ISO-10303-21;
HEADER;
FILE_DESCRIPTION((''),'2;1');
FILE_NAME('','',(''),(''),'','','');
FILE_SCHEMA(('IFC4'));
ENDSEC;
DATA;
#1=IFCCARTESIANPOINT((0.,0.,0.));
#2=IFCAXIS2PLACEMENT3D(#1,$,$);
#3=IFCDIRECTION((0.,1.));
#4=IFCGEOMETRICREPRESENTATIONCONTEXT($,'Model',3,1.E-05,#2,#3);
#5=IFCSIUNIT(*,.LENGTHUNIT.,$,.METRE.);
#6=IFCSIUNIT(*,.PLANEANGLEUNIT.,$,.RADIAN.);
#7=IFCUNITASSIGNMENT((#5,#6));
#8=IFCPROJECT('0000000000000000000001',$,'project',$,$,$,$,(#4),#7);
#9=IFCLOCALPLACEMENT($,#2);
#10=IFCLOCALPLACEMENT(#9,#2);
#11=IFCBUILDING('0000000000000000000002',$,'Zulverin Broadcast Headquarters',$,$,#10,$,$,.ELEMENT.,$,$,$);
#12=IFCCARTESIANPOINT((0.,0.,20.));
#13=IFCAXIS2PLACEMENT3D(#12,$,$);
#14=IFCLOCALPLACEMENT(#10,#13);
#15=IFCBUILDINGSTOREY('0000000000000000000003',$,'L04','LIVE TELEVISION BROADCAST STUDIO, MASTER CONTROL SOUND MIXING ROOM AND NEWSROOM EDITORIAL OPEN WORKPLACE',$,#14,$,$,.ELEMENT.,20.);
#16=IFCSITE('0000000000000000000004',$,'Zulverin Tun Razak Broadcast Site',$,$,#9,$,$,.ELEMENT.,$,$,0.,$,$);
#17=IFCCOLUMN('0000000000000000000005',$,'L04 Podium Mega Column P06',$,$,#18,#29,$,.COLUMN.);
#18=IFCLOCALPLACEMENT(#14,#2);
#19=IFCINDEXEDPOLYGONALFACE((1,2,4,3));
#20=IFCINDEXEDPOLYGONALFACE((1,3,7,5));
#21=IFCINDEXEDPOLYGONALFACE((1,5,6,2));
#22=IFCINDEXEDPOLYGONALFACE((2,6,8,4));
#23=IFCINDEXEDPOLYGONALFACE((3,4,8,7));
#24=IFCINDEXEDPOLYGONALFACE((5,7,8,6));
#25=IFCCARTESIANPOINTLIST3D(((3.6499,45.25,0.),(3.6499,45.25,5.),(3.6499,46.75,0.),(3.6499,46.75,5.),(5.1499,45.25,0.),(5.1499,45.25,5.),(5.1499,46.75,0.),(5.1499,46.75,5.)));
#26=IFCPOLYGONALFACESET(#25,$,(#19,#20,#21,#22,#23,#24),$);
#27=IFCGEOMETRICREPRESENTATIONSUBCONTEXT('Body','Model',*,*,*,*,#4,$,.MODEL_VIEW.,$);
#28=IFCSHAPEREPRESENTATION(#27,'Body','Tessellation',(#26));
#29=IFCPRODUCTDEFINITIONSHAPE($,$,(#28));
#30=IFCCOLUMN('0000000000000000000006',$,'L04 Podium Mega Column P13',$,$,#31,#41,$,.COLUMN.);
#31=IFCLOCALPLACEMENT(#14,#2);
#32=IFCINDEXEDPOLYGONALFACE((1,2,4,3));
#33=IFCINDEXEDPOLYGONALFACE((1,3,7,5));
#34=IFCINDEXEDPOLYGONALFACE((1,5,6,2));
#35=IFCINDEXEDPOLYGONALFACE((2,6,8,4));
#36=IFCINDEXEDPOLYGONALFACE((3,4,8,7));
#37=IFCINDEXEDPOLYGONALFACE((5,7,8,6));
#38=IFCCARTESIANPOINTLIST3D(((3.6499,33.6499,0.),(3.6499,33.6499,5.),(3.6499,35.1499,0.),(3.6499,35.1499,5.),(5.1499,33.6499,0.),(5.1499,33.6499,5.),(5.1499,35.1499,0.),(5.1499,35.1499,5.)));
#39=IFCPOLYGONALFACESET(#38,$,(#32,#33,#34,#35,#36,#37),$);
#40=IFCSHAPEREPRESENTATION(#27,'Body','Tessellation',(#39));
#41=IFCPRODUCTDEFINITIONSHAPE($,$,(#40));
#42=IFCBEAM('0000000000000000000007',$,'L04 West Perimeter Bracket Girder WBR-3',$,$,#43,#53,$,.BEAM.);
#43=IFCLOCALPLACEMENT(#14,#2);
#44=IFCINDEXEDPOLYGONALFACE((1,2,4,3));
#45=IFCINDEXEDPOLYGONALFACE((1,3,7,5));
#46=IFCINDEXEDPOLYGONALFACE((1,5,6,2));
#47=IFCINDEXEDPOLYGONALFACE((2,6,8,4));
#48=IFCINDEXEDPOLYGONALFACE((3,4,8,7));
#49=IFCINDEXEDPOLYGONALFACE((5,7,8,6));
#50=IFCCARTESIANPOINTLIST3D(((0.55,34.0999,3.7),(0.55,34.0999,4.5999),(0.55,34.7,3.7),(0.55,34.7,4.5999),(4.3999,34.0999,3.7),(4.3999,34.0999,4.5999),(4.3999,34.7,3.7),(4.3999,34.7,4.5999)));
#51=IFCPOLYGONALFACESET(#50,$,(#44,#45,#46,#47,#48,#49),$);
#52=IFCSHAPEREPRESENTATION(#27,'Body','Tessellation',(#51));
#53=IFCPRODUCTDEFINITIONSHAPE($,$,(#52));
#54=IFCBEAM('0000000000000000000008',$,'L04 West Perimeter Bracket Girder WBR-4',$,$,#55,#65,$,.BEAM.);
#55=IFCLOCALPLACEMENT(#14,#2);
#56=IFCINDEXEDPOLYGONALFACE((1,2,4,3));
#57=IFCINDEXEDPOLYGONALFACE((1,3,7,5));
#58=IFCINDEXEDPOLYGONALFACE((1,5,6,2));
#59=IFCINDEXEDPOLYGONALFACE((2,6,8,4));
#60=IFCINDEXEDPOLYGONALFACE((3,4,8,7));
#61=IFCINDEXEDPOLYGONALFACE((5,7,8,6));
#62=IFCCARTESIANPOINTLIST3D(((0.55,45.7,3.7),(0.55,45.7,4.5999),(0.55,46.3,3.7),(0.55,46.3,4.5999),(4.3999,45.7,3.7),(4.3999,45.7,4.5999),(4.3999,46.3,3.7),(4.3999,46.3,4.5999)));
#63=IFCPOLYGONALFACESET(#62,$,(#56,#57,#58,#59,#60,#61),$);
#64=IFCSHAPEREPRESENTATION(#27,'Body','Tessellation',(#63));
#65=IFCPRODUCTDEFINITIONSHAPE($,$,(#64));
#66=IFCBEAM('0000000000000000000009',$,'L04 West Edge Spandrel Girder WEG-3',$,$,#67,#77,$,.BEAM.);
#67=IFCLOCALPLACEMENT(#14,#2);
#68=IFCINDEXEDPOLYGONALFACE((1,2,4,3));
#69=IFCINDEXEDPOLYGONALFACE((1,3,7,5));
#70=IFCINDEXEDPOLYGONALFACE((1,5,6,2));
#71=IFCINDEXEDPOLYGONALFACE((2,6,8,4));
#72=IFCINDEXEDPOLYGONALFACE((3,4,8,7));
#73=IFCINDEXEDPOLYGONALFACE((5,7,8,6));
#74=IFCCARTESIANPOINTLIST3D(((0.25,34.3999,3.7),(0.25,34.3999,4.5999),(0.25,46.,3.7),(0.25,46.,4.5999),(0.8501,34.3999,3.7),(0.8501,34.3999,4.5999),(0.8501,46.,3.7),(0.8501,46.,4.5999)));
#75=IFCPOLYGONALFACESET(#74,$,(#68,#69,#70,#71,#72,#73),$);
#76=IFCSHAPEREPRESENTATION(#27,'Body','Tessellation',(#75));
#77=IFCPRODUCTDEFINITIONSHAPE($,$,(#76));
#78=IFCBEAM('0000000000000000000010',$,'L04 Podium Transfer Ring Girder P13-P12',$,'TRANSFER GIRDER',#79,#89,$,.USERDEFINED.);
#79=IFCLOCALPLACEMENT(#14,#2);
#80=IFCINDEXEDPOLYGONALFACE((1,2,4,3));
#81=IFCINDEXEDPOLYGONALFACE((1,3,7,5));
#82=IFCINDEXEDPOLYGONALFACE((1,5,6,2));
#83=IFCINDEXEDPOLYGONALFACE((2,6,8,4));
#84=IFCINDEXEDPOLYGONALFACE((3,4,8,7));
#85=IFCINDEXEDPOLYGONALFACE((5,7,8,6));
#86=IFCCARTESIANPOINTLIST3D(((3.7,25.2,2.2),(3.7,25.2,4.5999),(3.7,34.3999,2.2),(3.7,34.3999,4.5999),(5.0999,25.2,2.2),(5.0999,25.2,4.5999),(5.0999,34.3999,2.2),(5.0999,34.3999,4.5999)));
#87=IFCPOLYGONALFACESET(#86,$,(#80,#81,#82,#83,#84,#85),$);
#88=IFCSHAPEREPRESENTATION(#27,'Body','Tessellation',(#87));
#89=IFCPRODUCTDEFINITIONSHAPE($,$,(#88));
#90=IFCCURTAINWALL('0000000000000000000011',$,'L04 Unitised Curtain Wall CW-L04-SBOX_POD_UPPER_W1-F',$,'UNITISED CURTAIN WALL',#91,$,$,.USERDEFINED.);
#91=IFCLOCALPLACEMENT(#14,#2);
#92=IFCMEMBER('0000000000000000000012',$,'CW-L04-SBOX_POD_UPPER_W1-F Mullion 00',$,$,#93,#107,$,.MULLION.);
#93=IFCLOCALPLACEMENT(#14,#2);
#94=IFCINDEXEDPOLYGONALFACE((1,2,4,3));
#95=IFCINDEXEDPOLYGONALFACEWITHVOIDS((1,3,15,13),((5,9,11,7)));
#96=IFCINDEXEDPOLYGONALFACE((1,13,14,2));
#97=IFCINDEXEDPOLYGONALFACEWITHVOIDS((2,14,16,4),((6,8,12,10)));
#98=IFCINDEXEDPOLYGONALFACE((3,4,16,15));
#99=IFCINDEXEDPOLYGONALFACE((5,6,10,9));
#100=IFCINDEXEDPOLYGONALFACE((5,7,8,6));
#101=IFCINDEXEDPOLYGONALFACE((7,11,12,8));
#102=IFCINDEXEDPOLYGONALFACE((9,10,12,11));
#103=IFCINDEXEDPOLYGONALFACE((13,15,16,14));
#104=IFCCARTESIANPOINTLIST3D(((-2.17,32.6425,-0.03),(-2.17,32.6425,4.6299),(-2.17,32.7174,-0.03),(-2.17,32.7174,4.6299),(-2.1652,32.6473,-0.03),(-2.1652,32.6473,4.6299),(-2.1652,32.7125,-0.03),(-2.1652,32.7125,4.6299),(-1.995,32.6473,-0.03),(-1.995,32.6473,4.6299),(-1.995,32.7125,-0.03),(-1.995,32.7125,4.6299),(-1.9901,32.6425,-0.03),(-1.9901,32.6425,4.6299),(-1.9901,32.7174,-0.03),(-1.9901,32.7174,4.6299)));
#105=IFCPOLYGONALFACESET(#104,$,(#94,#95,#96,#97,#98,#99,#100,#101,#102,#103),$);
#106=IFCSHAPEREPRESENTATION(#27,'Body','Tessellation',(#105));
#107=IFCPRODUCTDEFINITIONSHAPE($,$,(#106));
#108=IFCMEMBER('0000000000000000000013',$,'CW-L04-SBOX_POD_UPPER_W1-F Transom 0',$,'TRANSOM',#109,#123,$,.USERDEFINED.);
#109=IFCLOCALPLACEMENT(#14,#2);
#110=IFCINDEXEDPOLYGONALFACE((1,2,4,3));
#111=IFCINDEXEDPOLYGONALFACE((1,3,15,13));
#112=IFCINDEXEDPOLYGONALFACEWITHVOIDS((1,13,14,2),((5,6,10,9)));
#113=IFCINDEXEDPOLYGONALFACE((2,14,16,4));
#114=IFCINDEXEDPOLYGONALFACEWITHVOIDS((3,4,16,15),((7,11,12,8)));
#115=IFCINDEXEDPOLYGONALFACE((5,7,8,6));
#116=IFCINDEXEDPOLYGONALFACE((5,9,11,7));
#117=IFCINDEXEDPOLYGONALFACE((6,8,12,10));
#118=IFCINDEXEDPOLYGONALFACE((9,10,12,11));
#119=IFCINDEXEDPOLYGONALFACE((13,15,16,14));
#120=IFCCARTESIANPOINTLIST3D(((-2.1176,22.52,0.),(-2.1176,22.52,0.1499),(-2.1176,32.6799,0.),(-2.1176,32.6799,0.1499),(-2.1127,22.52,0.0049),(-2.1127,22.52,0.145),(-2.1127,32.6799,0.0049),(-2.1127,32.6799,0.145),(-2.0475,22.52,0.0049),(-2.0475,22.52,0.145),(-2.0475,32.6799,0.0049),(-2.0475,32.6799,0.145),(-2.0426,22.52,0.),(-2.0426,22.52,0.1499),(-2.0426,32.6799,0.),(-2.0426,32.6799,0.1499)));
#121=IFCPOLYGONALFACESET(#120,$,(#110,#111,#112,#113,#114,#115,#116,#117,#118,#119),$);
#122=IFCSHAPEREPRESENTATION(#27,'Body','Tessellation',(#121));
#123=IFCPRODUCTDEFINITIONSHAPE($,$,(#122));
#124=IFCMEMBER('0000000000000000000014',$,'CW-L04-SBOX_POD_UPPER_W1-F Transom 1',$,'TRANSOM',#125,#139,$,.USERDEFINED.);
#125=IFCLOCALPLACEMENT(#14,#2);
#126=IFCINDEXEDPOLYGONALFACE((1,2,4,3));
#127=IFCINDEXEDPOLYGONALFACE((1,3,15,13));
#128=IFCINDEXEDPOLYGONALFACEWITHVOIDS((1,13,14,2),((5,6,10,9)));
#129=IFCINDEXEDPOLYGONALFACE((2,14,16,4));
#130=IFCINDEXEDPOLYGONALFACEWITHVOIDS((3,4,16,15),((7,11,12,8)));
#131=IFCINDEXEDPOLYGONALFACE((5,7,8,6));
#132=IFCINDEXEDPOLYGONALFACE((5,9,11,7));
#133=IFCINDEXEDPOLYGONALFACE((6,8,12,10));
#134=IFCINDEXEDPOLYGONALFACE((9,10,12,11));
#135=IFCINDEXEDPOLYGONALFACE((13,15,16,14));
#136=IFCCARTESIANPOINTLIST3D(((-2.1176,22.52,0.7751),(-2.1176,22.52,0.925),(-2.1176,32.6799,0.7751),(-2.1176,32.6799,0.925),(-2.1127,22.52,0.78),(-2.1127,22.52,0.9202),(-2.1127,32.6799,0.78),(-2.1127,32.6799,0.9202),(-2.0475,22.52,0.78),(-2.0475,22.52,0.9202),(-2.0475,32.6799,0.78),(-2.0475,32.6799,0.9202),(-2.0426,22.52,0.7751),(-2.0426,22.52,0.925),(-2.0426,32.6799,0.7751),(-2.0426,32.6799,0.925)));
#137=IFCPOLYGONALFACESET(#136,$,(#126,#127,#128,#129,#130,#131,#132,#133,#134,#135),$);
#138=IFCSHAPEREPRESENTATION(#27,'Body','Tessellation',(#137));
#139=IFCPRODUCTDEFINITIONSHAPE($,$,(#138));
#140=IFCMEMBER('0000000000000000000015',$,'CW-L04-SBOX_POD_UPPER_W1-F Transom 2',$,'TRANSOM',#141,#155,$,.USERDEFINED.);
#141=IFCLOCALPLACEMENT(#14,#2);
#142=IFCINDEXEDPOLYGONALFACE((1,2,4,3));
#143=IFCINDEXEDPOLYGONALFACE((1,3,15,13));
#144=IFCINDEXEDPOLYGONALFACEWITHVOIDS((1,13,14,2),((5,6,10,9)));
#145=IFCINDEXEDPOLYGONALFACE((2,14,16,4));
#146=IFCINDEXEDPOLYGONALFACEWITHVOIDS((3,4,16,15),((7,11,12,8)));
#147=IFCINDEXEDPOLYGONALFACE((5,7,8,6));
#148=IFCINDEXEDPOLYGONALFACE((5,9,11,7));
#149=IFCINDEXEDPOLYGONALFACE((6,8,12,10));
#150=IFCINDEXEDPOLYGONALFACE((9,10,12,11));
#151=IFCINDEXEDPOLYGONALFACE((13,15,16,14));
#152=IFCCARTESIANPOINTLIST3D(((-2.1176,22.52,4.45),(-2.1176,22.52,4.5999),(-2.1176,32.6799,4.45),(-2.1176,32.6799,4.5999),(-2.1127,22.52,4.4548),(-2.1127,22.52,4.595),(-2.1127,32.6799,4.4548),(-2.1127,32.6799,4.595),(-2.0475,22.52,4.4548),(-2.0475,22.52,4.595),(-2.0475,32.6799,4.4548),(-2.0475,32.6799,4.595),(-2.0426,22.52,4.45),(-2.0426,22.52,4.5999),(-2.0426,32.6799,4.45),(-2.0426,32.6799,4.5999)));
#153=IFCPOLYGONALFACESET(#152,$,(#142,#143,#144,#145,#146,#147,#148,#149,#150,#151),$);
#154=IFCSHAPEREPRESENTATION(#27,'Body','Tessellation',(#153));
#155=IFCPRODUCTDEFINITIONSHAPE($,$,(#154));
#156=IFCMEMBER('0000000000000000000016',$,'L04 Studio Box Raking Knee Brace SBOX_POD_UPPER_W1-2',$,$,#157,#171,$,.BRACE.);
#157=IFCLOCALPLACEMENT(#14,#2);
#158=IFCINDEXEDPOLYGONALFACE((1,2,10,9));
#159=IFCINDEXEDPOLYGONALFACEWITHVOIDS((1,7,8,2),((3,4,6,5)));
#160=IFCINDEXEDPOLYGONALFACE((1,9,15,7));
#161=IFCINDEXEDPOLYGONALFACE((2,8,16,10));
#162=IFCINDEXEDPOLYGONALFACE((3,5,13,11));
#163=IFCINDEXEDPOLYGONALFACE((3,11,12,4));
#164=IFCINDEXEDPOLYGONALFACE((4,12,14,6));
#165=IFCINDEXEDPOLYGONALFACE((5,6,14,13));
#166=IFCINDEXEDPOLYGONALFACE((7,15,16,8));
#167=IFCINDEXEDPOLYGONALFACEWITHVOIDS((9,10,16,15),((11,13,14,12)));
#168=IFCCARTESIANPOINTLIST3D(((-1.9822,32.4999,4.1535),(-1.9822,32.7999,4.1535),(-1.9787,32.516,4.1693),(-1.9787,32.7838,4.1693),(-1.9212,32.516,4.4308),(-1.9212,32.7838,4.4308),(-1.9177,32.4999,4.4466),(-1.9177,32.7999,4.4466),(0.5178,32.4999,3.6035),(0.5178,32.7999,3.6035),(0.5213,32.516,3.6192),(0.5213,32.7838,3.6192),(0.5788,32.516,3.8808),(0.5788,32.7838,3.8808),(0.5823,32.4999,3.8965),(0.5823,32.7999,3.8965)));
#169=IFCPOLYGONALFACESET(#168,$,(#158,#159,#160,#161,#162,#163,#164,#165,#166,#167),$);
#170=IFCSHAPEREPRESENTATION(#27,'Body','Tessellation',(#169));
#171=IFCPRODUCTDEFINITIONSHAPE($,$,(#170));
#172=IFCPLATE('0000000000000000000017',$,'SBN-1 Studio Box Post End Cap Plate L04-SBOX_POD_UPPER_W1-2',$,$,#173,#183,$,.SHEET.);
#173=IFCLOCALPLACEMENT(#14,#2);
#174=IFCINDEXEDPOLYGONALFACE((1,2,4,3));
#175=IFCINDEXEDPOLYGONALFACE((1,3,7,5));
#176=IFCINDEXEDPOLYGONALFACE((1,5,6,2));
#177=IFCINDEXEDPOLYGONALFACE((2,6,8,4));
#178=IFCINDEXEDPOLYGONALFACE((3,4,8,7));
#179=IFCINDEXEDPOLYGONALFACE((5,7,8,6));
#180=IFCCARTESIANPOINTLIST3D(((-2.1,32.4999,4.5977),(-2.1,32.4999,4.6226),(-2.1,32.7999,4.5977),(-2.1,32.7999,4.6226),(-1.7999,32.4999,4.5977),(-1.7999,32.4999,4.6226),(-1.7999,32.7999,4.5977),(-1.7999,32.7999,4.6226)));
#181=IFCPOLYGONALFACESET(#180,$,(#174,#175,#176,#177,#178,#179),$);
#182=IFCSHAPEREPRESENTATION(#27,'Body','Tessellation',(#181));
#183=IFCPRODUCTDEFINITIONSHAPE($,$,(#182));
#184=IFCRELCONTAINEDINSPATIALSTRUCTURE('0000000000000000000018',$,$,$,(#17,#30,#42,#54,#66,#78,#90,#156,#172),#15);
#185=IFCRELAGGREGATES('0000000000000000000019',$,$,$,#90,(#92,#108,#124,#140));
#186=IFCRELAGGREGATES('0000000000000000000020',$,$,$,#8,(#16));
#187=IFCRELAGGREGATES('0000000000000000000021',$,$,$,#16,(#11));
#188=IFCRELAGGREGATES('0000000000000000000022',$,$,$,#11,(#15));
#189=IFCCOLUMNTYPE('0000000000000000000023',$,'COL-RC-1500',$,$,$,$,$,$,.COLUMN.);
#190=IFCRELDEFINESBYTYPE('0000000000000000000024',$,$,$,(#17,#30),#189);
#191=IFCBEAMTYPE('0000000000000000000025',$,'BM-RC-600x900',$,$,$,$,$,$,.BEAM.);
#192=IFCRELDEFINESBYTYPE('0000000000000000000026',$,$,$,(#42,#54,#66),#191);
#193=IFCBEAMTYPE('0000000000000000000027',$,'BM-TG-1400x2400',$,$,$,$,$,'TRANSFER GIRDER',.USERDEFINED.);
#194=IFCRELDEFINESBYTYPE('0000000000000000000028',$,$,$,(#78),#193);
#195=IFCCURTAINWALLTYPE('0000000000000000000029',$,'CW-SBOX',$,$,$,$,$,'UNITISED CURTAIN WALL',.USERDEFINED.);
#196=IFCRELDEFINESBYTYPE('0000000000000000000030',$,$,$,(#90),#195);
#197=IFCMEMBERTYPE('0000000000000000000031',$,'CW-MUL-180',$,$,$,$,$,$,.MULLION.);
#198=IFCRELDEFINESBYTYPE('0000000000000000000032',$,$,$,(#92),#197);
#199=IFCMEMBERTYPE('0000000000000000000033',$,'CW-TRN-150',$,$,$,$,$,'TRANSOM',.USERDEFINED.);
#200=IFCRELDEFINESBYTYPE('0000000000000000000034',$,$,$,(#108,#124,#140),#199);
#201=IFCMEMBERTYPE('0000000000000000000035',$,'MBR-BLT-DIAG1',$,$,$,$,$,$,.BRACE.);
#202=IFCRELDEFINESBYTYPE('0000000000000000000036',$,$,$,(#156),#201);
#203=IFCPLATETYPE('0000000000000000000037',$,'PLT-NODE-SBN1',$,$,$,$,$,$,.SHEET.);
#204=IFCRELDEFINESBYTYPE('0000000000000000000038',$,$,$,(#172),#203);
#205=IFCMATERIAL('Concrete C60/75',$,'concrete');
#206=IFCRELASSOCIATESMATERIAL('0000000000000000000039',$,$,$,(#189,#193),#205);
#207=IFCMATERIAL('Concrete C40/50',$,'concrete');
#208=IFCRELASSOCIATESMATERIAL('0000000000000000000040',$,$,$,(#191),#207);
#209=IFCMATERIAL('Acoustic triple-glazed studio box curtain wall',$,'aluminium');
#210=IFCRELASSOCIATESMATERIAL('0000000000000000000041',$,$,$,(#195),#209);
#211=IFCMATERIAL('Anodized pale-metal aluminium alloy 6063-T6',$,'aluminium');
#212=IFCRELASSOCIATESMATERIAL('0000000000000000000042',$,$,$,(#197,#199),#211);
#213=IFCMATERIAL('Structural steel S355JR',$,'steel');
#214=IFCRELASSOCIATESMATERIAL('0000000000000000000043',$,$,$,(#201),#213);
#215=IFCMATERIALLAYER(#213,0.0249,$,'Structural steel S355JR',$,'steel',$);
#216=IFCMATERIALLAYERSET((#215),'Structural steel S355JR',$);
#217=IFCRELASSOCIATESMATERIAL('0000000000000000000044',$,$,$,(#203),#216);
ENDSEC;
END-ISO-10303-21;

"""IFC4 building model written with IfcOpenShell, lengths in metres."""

from ifc_helpers import new_model, si_unit, direction, frame, origin, origin_2d, place, context, subcontext, project, spatial, rectangle, hollow_rectangle, extrude, material, layer, layer_set, material_profile, profile_set, type_object, element, aggregate, save


model = new_model("IFC4")

# Units and contexts
model_context = context("Model", 3, precision=1e-05, world=origin(), true_north=direction((0.0, 1.0)))
body_context = subcontext(model_context, "Body", "Model", "MODEL_VIEW")
ifc_project = project(units=[si_unit("LENGTHUNIT", "METRE"), si_unit("PLANEANGLEUNIT", "RADIAN")], contexts=[model_context])

# Site, building, storey
site_placement = place(None, origin())
site = spatial("IfcSite", under=ifc_project, at=site_placement, Name="Zulverin Tun Razak Broadcast Site", CompositionType="ELEMENT", RefElevation=0.0)
building_placement = place(site_placement, origin())
building = spatial("IfcBuilding", under=site, at=building_placement, Name="Zulverin Broadcast Headquarters", CompositionType="ELEMENT")
storey_placement = place(building_placement, frame((0.0, 0.0, 20.0)))
storey = spatial("IfcBuildingStorey", under=building, at=storey_placement, Name="L04", Description="LIVE TELEVISION BROADCAST STUDIO, MASTER CONTROL SOUND MIXING ROOM AND NEWSROOM EDITORIAL OPEN WORKPLACE", CompositionType="ELEMENT", Elevation=20.0)

# Columns
ifc_material_1 = material(Name="Concrete C60/75", Category="concrete")
ifc_material_profile_1 = material_profile(ifc_material_1, rectangle(XDim=1.5, YDim=1.5, at=origin_2d()), Name="Concrete C60/75", Category="concrete")
ifc_profile_set_1 = profile_set([ifc_material_profile_1], Name="Concrete C60/75")
column_type = type_object("IfcColumnType", Name="COL-RC-1500", PredefinedType="COLUMN", material=ifc_profile_set_1)
for number, where, z_axis, x_axis, name in (
    (1, (4.3999, 46.0, 0.0), (0.0, 0.0, 1.0), (1.0, 0.0, 0.0), "L04 Podium Mega Column P06"),
    (2, (4.3999, 34.3999, 0.0), (0.0, 0.0, 1.0), (1.0, 0.0, 0.0), "L04 Podium Mega Column P13"),
):
    element("IfcColumn", number, at=place(storey_placement, frame(where, z_axis=z_axis, x_axis=x_axis)), inside=storey, type_object=column_type, Name=name, PredefinedType="COLUMN", context=body_context, shape_type="SweptSolid", body=[
        extrude(rectangle(XDim=1.5, YDim=1.5, at=origin_2d()), origin(), (0.0, 0.0, 1.0), 5.0),
    ])

# Beams
ifc_material_2 = material(Name="Concrete C40/50", Category="concrete")
ifc_material_profile_2 = material_profile(ifc_material_2, rectangle(XDim=0.6001, YDim=0.8999, at=origin_2d()), Name="Concrete C40/50", Category="concrete")
ifc_profile_set_2 = profile_set([ifc_material_profile_2], Name="Concrete C40/50")
beam_type_1 = type_object("IfcBeamType", Name="BM-RC-600x900", PredefinedType="BEAM", material=ifc_profile_set_2)
for number, where, z_axis, x_axis, name in (
    (3, (4.3999, 34.3999, 4.1499), (-1.0, 0.0, 0.0), (0.0, -1.0, 0.0), "L04 West Perimeter Bracket Girder WBR-3"),
    (4, (4.3999, 46.0, 4.1499), (-1.0, 0.0, 0.0), (0.0, -1.0, 0.0), "L04 West Perimeter Bracket Girder WBR-4"),
):
    element("IfcBeam", number, at=place(storey_placement, frame(where, z_axis=z_axis, x_axis=x_axis)), inside=storey, type_object=beam_type_1, Name=name, PredefinedType="BEAM", context=body_context, shape_type="SweptSolid", body=[
        extrude(rectangle(XDim=0.6001, YDim=0.8999, at=origin_2d()), origin(), (0.0, 0.0, 1.0), 3.8499),
    ])
beam_1_placement = place(storey_placement, frame((0.55, 34.3999, 4.1499), z_axis=(0.0, 1.0, 0.0), x_axis=(-1.0, 0.0, 0.0)))
element("IfcBeam", 5, at=beam_1_placement, inside=storey, type_object=beam_type_1, Name="L04 West Edge Spandrel Girder WEG-3", PredefinedType="BEAM", context=body_context, shape_type="SweptSolid", body=[
    extrude(rectangle(XDim=0.6001, YDim=0.8999, at=origin_2d()), origin(), (0.0, 0.0, 1.0), 11.6001),
])
ifc_material_profile_3 = material_profile(ifc_material_1, rectangle(XDim=1.3999, YDim=2.3999, at=origin_2d()), Name="Concrete C60/75", Category="concrete")
ifc_profile_set_3 = profile_set([ifc_material_profile_3], Name="Concrete C60/75")
beam_type_2 = type_object("IfcBeamType", Name="BM-TG-1400x2400", ElementType="TRANSFER GIRDER", PredefinedType="USERDEFINED", material=ifc_profile_set_3)
beam_2_placement = place(storey_placement, frame((4.3999, 34.3999, 3.3999), z_axis=(0.0, -1.0, 0.0), x_axis=(1.0, 0.0, 0.0)))
element("IfcBeam", 6, at=beam_2_placement, inside=storey, type_object=beam_type_2, Name="L04 Podium Transfer Ring Girder P13-P12", ObjectType="TRANSFER GIRDER", PredefinedType="USERDEFINED", context=body_context, shape_type="SweptSolid", body=[
    extrude(rectangle(XDim=1.3999, YDim=2.3999, at=origin_2d()), origin(), (0.0, 0.0, 1.0), 9.2),
])

# Curtain wall, members
ifc_material_3 = material(Name="Acoustic triple-glazed studio box curtain wall", Category="aluminium")
curtain_wall_type = type_object("IfcCurtainWallType", Name="CW-SBOX", ElementType="UNITISED CURTAIN WALL", PredefinedType="USERDEFINED", material=ifc_material_3)
curtain_wall_placement = place(storey_placement, origin())
curtain_wall = element("IfcCurtainWall", 7, at=curtain_wall_placement, inside=storey, type_object=curtain_wall_type, Name="L04 Unitised Curtain Wall CW-L04-SBOX_POD_UPPER_W1-F", ObjectType="UNITISED CURTAIN WALL", PredefinedType="USERDEFINED")
ifc_material_4 = material(Name="Anodized pale-metal aluminium alloy 6063-T6", Category="aluminium")
ifc_material_profile_4 = material_profile(ifc_material_4, hollow_rectangle(XDim=0.075, YDim=0.1799, WallThickness=0.0049, at=origin_2d()), Name="Anodized pale-metal aluminium alloy 6063-T6", Category="aluminium")
ifc_profile_set_4 = profile_set([ifc_material_profile_4], Name="Anodized pale-metal aluminium alloy 6063-T6")
member_type_1 = type_object("IfcMemberType", Name="CW-MUL-180", PredefinedType="MULLION", material=ifc_profile_set_4)
member_1_placement = place(storey_placement, frame((-2.0801, 32.6799, -0.03), z_axis=(0.0, 0.0, 1.0), x_axis=(0.0, -1.0, 0.0)))
member_1 = element("IfcMember", 8, at=member_1_placement, type_object=member_type_1, Name="CW-L04-SBOX_POD_UPPER_W1-F Mullion 00", PredefinedType="MULLION", context=body_context, shape_type="SweptSolid", body=[
    extrude(hollow_rectangle(XDim=0.075, YDim=0.1799, WallThickness=0.0049, at=origin_2d()), origin(), (0.0, 0.0, 1.0), 4.6599),
])
ifc_material_profile_5 = material_profile(ifc_material_4, hollow_rectangle(XDim=0.075, YDim=0.1499, WallThickness=0.0049, at=origin_2d()), Name="Anodized pale-metal aluminium alloy 6063-T6", Category="aluminium")
ifc_profile_set_5 = profile_set([ifc_material_profile_5], Name="Anodized pale-metal aluminium alloy 6063-T6")
member_type_2 = type_object("IfcMemberType", Name="CW-TRN-150", ElementType="TRANSOM", PredefinedType="USERDEFINED", material=ifc_profile_set_5)
member_2_placement = place(storey_placement, frame((-2.0801, 32.6799, 0.075), z_axis=(0.0, -1.0, 0.0), x_axis=(1.0, 0.0, 0.0)))
member_2 = element("IfcMember", 9, at=member_2_placement, type_object=member_type_2, Name="CW-L04-SBOX_POD_UPPER_W1-F Transom 0", ObjectType="TRANSOM", PredefinedType="USERDEFINED", context=body_context, shape_type="SweptSolid", body=[
    extrude(hollow_rectangle(XDim=0.075, YDim=0.1499, WallThickness=0.0049, at=origin_2d()), origin(), (0.0, 0.0, 1.0), 10.1599),
])
member_3_placement = place(storey_placement, frame((-2.0801, 32.6799, 0.8501), z_axis=(0.0, -1.0, 0.0), x_axis=(1.0, 0.0, 0.0)))
member_3 = element("IfcMember", 10, at=member_3_placement, type_object=member_type_2, Name="CW-L04-SBOX_POD_UPPER_W1-F Transom 1", ObjectType="TRANSOM", PredefinedType="USERDEFINED", context=body_context, shape_type="SweptSolid", body=[
    extrude(hollow_rectangle(XDim=0.075, YDim=0.1499, WallThickness=0.0049, at=origin_2d()), origin(), (0.0, 0.0, 1.0), 10.1599),
])
member_4_placement = place(storey_placement, frame((-2.0801, 32.6799, 4.5249), z_axis=(0.0, -1.0, 0.0), x_axis=(1.0, 0.0, 0.0)))
member_4 = element("IfcMember", 11, at=member_4_placement, type_object=member_type_2, Name="CW-L04-SBOX_POD_UPPER_W1-F Transom 2", ObjectType="TRANSOM", PredefinedType="USERDEFINED", context=body_context, shape_type="SweptSolid", body=[
    extrude(hollow_rectangle(XDim=0.075, YDim=0.1499, WallThickness=0.0049, at=origin_2d()), origin(), (0.0, 0.0, 1.0), 10.1599),
])
aggregate(curtain_wall, [member_1, member_2, member_3, member_4])

# Member
ifc_material_5 = material(Name="Structural steel S355JR", Category="steel")
ifc_material_profile_6 = material_profile(ifc_material_5, hollow_rectangle(XDim=0.3, YDim=0.3, WallThickness=0.0161, at=origin_2d()), Name="Structural steel S355JR", Category="steel")
ifc_profile_set_6 = profile_set([ifc_material_profile_6], Name="Structural steel S355JR")
member_type_3 = type_object("IfcMemberType", Name="MBR-BLT-DIAG1", PredefinedType="BRACE", material=ifc_profile_set_6)
member_5_placement = place(storey_placement, frame((0.55, 32.6499, 3.75), z_axis=(-0.97664, 0.0, 0.21488), x_axis=(0.0, -1.0, 0.0)))
element("IfcMember", 12, at=member_5_placement, inside=storey, type_object=member_type_3, Name="L04 Studio Box Raking Knee Brace SBOX_POD_UPPER_W1-2", PredefinedType="BRACE", context=body_context, shape_type="SweptSolid", body=[
    extrude(hollow_rectangle(XDim=0.3, YDim=0.3, WallThickness=0.0161, at=origin_2d()), origin(), (0.0, 0.0, 1.0), 2.5598),
])

# Plate
ifc_layer_1 = layer(ifc_material_5, 0.0249, Name="Structural steel S355JR", Category="steel")
ifc_layer_set_1 = layer_set([ifc_layer_1], Name="Structural steel S355JR")
plate_type = type_object("IfcPlateType", Name="PLT-NODE-SBN1", PredefinedType="SHEET", material=ifc_layer_set_1)
plate_1_placement = place(storey_placement, frame((-1.95, 32.6499, 4.5977), z_axis=(0.0, 0.0, 1.0), x_axis=(1.0, 0.0, 0.0)))
element("IfcPlate", 13, at=plate_1_placement, inside=storey, type_object=plate_type, Name="SBN-1 Studio Box Post End Cap Plate L04-SBOX_POD_UPPER_W1-2", PredefinedType="SHEET", context=body_context, shape_type="SweptSolid", body=[
    extrude(rectangle(XDim=0.3, YDim=0.3, at=origin_2d()), origin(), (0.0, 0.0, 1.0), 0.0249),
])

save(model, "model.ifc")
